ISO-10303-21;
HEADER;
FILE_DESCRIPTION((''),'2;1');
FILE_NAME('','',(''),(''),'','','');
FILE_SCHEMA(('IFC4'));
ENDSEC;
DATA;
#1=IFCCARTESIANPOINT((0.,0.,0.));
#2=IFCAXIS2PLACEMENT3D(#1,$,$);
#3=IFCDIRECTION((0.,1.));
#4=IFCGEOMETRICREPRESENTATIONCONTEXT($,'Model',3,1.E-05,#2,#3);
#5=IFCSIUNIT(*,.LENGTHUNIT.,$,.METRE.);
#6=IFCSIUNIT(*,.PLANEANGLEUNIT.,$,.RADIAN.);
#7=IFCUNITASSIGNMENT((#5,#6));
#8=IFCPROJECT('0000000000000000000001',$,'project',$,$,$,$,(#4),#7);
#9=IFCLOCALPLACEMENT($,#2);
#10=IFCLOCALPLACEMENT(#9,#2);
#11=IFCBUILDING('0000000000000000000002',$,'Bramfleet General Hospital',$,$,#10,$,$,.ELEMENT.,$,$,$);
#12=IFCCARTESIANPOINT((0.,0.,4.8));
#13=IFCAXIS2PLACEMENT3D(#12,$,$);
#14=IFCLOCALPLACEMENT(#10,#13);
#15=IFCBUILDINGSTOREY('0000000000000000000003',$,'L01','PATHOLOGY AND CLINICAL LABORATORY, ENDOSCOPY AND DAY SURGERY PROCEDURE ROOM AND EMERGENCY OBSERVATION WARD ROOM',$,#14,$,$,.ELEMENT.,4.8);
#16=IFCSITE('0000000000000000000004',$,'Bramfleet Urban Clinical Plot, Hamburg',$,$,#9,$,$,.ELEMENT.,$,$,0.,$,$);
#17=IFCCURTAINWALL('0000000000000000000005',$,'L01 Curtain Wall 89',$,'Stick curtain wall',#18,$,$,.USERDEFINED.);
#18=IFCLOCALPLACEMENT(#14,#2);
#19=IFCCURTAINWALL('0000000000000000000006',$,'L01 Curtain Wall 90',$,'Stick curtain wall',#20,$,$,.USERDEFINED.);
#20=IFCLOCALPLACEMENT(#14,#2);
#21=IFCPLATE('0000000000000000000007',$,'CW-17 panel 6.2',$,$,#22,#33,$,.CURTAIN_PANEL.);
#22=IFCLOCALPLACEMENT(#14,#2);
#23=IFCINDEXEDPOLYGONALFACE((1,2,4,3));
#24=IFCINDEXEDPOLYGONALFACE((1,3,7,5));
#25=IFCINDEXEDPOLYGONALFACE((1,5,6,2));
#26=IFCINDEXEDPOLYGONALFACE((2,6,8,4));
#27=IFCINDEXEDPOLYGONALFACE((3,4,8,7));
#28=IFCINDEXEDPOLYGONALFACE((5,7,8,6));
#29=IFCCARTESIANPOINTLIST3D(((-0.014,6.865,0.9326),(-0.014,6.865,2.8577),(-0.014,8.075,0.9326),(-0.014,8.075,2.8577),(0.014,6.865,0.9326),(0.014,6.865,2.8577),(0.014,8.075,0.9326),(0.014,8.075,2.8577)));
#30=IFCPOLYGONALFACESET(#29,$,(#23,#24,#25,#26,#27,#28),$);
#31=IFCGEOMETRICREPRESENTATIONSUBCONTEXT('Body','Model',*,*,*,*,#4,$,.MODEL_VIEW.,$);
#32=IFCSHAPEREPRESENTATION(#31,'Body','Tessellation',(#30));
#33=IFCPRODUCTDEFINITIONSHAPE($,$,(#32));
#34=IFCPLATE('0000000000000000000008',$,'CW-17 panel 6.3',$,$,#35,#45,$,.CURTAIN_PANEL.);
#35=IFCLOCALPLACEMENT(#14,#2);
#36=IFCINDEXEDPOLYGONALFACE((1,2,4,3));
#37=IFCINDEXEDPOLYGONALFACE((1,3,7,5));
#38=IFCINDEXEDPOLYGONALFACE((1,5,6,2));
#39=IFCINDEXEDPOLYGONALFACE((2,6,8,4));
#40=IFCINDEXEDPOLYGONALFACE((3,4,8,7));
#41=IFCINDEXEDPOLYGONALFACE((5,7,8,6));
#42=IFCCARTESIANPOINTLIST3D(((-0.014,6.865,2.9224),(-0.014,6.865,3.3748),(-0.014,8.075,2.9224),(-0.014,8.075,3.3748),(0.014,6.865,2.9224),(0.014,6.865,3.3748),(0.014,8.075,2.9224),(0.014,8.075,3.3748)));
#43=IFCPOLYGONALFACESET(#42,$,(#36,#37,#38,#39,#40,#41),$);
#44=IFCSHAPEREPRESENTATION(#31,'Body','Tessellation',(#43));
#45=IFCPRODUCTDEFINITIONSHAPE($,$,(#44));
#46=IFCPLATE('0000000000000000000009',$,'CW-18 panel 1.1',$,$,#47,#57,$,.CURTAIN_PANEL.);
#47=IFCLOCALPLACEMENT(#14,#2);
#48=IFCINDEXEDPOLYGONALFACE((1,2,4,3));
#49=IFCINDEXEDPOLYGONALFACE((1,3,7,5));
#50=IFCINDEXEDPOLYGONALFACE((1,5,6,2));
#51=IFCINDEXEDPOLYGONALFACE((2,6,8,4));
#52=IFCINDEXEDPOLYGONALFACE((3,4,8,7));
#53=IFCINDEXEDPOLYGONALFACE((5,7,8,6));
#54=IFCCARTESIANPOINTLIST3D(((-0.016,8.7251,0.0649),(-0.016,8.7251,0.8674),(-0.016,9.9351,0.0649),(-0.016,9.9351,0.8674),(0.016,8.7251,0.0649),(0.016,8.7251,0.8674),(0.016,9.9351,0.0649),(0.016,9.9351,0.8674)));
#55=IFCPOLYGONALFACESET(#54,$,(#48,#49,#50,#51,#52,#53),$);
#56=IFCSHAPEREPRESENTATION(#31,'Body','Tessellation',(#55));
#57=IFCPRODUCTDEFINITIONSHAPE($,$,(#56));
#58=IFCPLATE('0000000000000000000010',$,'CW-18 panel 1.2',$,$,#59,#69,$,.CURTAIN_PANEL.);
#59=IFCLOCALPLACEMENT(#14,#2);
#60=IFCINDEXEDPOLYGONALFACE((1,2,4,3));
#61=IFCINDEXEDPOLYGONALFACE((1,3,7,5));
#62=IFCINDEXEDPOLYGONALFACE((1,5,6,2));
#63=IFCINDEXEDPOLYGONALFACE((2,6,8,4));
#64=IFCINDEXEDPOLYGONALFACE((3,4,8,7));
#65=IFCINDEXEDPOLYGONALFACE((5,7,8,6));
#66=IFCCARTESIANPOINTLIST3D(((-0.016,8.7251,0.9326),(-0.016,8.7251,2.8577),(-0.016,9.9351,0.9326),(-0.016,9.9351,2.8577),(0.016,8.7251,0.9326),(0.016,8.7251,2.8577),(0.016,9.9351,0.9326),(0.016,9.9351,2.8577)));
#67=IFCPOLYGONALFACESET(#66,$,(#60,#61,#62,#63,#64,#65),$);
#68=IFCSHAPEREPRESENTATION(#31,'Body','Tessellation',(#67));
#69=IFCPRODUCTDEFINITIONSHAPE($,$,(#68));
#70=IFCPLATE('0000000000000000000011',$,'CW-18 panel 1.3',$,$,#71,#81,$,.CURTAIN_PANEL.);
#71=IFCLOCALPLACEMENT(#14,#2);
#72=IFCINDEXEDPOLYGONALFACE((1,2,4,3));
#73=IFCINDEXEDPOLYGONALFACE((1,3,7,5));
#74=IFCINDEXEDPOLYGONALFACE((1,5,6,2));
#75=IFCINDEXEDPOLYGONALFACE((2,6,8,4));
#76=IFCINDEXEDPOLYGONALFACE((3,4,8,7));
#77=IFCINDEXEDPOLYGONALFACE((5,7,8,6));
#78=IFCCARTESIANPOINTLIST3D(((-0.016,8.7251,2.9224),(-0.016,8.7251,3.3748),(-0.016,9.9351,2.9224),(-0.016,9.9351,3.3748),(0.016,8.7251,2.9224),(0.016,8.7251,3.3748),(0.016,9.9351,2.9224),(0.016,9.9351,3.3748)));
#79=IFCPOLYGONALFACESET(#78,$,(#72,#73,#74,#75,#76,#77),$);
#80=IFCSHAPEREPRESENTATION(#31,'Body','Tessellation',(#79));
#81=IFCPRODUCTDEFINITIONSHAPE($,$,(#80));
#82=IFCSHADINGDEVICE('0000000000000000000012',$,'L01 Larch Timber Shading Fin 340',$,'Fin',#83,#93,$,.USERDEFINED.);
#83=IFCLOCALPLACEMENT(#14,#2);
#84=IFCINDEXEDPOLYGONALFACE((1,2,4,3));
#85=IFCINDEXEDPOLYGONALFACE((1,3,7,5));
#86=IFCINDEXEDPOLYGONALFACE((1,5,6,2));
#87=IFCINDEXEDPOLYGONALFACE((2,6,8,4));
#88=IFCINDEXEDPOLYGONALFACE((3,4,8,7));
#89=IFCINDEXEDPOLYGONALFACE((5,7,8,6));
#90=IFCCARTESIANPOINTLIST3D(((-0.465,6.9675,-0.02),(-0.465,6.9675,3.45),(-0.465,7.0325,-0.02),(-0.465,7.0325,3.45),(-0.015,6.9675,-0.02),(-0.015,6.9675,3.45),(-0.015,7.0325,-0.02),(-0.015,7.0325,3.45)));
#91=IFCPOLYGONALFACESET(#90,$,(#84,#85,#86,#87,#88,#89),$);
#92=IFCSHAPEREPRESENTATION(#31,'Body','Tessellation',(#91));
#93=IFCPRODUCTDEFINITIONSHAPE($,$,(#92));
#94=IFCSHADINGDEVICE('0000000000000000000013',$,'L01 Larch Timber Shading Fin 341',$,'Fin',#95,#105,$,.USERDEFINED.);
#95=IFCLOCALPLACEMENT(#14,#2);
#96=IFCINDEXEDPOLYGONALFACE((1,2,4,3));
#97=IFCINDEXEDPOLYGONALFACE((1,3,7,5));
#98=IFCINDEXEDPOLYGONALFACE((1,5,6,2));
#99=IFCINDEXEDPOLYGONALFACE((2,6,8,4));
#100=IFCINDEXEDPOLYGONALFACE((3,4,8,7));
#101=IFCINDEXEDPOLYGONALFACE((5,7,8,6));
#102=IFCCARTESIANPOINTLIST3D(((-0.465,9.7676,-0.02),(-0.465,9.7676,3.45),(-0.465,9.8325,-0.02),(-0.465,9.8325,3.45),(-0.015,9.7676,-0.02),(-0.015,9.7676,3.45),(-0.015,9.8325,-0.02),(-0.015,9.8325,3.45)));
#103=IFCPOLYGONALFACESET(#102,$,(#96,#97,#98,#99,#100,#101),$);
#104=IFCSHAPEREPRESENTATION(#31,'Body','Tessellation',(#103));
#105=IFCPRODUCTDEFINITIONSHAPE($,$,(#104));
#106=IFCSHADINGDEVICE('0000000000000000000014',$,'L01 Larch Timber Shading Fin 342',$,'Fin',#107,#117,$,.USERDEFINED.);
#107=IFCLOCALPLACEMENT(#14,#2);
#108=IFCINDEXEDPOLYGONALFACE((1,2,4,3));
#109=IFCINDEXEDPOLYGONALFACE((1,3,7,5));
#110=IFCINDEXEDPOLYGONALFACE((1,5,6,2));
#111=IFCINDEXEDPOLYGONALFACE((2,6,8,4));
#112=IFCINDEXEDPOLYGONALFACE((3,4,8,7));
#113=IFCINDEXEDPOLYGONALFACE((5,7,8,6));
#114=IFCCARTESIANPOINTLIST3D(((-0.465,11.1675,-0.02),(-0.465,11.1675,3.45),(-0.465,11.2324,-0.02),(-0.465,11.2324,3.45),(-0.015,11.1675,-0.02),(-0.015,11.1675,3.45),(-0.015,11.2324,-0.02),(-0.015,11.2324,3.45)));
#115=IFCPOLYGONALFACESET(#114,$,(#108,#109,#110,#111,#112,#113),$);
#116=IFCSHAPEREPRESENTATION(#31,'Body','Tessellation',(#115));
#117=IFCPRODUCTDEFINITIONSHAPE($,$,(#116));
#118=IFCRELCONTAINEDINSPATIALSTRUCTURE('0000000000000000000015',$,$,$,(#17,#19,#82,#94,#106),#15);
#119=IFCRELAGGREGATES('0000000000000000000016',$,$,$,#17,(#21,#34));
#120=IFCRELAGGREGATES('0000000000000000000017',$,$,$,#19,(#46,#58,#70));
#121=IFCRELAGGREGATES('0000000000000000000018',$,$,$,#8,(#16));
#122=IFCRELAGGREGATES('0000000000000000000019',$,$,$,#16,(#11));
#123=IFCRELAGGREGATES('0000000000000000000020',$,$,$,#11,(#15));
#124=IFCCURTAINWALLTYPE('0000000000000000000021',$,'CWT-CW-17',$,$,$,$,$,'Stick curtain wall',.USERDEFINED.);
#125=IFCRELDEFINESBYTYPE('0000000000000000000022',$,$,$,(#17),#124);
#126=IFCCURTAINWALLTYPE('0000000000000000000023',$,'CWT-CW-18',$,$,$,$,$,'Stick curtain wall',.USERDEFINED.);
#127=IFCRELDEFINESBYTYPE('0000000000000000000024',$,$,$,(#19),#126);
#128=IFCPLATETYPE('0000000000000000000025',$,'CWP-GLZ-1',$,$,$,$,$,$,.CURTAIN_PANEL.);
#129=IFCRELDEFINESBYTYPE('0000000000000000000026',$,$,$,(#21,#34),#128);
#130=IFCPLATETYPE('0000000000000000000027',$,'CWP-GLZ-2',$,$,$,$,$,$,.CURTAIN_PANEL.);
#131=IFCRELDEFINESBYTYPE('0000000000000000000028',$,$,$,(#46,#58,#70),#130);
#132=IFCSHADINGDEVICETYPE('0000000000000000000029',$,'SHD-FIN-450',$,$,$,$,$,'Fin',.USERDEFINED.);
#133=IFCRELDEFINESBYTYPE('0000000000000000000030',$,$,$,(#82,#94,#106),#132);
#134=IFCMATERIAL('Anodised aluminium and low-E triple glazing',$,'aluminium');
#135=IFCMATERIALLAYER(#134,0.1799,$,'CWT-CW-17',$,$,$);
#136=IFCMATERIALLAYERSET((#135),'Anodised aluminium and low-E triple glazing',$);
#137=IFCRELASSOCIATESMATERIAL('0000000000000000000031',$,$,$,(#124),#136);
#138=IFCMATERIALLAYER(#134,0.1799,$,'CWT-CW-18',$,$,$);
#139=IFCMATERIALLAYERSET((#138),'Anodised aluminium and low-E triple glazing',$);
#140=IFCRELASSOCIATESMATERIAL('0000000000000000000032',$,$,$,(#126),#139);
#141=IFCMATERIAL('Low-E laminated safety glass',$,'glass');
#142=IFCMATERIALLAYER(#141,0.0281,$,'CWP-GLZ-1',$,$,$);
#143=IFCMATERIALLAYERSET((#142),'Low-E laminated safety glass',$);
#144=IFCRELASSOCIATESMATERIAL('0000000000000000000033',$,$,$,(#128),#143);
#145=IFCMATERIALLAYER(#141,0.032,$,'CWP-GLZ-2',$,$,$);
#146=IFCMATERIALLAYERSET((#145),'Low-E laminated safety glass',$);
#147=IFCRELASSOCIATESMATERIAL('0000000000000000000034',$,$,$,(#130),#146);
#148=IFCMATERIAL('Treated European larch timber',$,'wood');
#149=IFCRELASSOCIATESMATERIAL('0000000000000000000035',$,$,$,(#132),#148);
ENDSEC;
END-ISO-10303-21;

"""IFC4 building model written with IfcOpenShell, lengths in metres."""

from ifc_helpers import new_model, si_unit, direction, frame, origin, origin_2d, place, context, subcontext, project, spatial, rectangle, extrude, material, layer, layer_set, material_profile, profile_set, type_object, element, aggregate, save


model = new_model("IFC4")

# Units and contexts
model_context = context("Model", 3, precision=1e-05, world=origin(), true_north=direction((0.0, 1.0)))
body_context = subcontext(model_context, "Body", "Model", "MODEL_VIEW")
ifc_project = project(units=[si_unit("LENGTHUNIT", "METRE"), si_unit("PLANEANGLEUNIT", "RADIAN")], contexts=[model_context])

# Site, building, storey
site_placement = place(None, origin())
site = spatial("IfcSite", under=ifc_project, at=site_placement, Name="Bramfleet Urban Clinical Plot, Hamburg", CompositionType="ELEMENT", RefElevation=0.0)
building_placement = place(site_placement, origin())
building = spatial("IfcBuilding", under=site, at=building_placement, Name="Bramfleet General Hospital", CompositionType="ELEMENT")
storey_placement = place(building_placement, frame((0.0, 0.0, 4.8)))
storey = spatial("IfcBuildingStorey", under=building, at=storey_placement, Name="L01", Description="PATHOLOGY AND CLINICAL LABORATORY, ENDOSCOPY AND DAY SURGERY PROCEDURE ROOM AND EMERGENCY OBSERVATION WARD ROOM", CompositionType="ELEMENT", Elevation=4.8)

# Curtain wall
ifc_material_1 = material(Name="Anodised aluminium and low-E triple glazing", Category="aluminium")
ifc_layer_1 = layer(ifc_material_1, 0.1799, Name="CWT-CW-17")
ifc_layer_set_1 = layer_set([ifc_layer_1], Name="Anodised aluminium and low-E triple glazing")
curtain_wall_type_1 = type_object("IfcCurtainWallType", Name="CWT-CW-17", ElementType="Stick curtain wall", PredefinedType="USERDEFINED", material=ifc_layer_set_1)
curtain_wall_1_placement = place(storey_placement, origin())
curtain_wall_1 = element("IfcCurtainWall", 1, at=curtain_wall_1_placement, inside=storey, type_object=curtain_wall_type_1, Name="L01 Curtain Wall 89", ObjectType="Stick curtain wall", PredefinedType="USERDEFINED")

# Curtain wall
ifc_layer_2 = layer(ifc_material_1, 0.1799, Name="CWT-CW-18")
ifc_layer_set_2 = layer_set([ifc_layer_2], Name="Anodised aluminium and low-E triple glazing")
curtain_wall_type_2 = type_object("IfcCurtainWallType", Name="CWT-CW-18", ElementType="Stick curtain wall", PredefinedType="USERDEFINED", material=ifc_layer_set_2)
curtain_wall_2_placement = place(storey_placement, origin())
curtain_wall_2 = element("IfcCurtainWall", 2, at=curtain_wall_2_placement, inside=storey, type_object=curtain_wall_type_2, Name="L01 Curtain Wall 90", ObjectType="Stick curtain wall", PredefinedType="USERDEFINED")

# Plates
ifc_material_2 = material(Name="Low-E laminated safety glass", Category="glass")
ifc_layer_3 = layer(ifc_material_2, 0.0281, Name="CWP-GLZ-1")
ifc_layer_set_3 = layer_set([ifc_layer_3], Name="Low-E laminated safety glass")
plate_type_1 = type_object("IfcPlateType", Name="CWP-GLZ-1", PredefinedType="CURTAIN_PANEL", material=ifc_layer_set_3)
plate_1_placement = place(storey_placement, frame((0.0, 7.47, 0.9326), z_axis=(0.0, 0.0, 1.0), x_axis=(0.0, 1.0, 0.0)))
plate_1 = element("IfcPlate", 3, at=plate_1_placement, type_object=plate_type_1, Name="CW-17 panel 6.2", PredefinedType="CURTAIN_PANEL", context=body_context, shape_type="SweptSolid", body=[
    extrude(rectangle(XDim=1.21, YDim=0.0281, at=origin_2d()), origin(), (0.0, 0.0, 1.0), 1.925),
])
plate_2_placement = place(storey_placement, frame((0.0, 7.47, 2.9224), z_axis=(0.0, 0.0, 1.0), x_axis=(0.0, 1.0, 0.0)))
plate_2 = element("IfcPlate", 4, at=plate_2_placement, type_object=plate_type_1, Name="CW-17 panel 6.3", PredefinedType="CURTAIN_PANEL", context=body_context, shape_type="SweptSolid", body=[
    extrude(rectangle(XDim=1.21, YDim=0.0281, at=origin_2d()), origin(), (0.0, 0.0, 1.0), 0.4524),
])
aggregate(curtain_wall_1, [plate_1, plate_2])
ifc_layer_4 = layer(ifc_material_2, 0.032, Name="CWP-GLZ-2")
ifc_layer_set_4 = layer_set([ifc_layer_4], Name="Low-E laminated safety glass")
plate_type_2 = type_object("IfcPlateType", Name="CWP-GLZ-2", PredefinedType="CURTAIN_PANEL", material=ifc_layer_set_4)
plate_3_placement = place(storey_placement, frame((0.0, 9.3301, 0.0649), z_axis=(0.0, 0.0, 1.0), x_axis=(0.0, 1.0, 0.0)))
plate_3 = element("IfcPlate", 5, at=plate_3_placement, type_object=plate_type_2, Name="CW-18 panel 1.1", PredefinedType="CURTAIN_PANEL", context=body_context, shape_type="SweptSolid", body=[
    extrude(rectangle(XDim=1.21, YDim=0.032, at=origin_2d()), origin(), (0.0, 0.0, 1.0), 0.8025),
])
plate_4_placement = place(storey_placement, frame((0.0, 9.3301, 0.9326), z_axis=(0.0, 0.0, 1.0), x_axis=(0.0, 1.0, 0.0)))
plate_4 = element("IfcPlate", 6, at=plate_4_placement, type_object=plate_type_2, Name="CW-18 panel 1.2", PredefinedType="CURTAIN_PANEL", context=body_context, shape_type="SweptSolid", body=[
    extrude(rectangle(XDim=1.21, YDim=0.032, at=origin_2d()), origin(), (0.0, 0.0, 1.0), 1.925),
])
plate_5_placement = place(storey_placement, frame((0.0, 9.3301, 2.9224), z_axis=(0.0, 0.0, 1.0), x_axis=(0.0, 1.0, 0.0)))
plate_5 = element("IfcPlate", 7, at=plate_5_placement, type_object=plate_type_2, Name="CW-18 panel 1.3", PredefinedType="CURTAIN_PANEL", context=body_context, shape_type="SweptSolid", body=[
    extrude(rectangle(XDim=1.21, YDim=0.032, at=origin_2d()), origin(), (0.0, 0.0, 1.0), 0.4524),
])
aggregate(curtain_wall_2, [plate_3, plate_4, plate_5])

# Shading devices
ifc_material_3 = material(Name="Treated European larch timber", Category="wood")
ifc_material_profile_1 = material_profile(ifc_material_3, rectangle(XDim=0.0649, YDim=0.45, at=origin_2d()), Name="LARCH FIN 450x65")
ifc_profile_set_1 = profile_set([ifc_material_profile_1], Name="Treated European larch timber")
shading_device_type = type_object("IfcShadingDeviceType", Name="SHD-FIN-450", ElementType="Fin", PredefinedType="USERDEFINED", material=ifc_profile_set_1)
for number, where, z_axis, x_axis, name in (
    (8, (-0.24, 7.0, -0.02), (0.0, 0.0, 1.0), (0.0, 1.0, 0.0), "L01 Larch Timber Shading Fin 340"),
    (9, (-0.24, 9.8, -0.02), (0.0, 0.0, 1.0), (0.0, 1.0, 0.0), "L01 Larch Timber Shading Fin 341"),
    (10, (-0.24, 11.2, -0.02), (0.0, 0.0, 1.0), (0.0, 1.0, 0.0), "L01 Larch Timber Shading Fin 342"),
):
    element("IfcShadingDevice", number, at=place(storey_placement, frame(where, z_axis=z_axis, x_axis=x_axis)), inside=storey, type_object=shading_device_type, Name=name, ObjectType="Fin", PredefinedType="USERDEFINED", context=body_context, shape_type="SweptSolid", body=[
        extrude(rectangle(XDim=0.0649, YDim=0.45, at=origin_2d()), origin(), (0.0, 0.0, 1.0), 3.47),
    ])

save(model, "model.ifc")
